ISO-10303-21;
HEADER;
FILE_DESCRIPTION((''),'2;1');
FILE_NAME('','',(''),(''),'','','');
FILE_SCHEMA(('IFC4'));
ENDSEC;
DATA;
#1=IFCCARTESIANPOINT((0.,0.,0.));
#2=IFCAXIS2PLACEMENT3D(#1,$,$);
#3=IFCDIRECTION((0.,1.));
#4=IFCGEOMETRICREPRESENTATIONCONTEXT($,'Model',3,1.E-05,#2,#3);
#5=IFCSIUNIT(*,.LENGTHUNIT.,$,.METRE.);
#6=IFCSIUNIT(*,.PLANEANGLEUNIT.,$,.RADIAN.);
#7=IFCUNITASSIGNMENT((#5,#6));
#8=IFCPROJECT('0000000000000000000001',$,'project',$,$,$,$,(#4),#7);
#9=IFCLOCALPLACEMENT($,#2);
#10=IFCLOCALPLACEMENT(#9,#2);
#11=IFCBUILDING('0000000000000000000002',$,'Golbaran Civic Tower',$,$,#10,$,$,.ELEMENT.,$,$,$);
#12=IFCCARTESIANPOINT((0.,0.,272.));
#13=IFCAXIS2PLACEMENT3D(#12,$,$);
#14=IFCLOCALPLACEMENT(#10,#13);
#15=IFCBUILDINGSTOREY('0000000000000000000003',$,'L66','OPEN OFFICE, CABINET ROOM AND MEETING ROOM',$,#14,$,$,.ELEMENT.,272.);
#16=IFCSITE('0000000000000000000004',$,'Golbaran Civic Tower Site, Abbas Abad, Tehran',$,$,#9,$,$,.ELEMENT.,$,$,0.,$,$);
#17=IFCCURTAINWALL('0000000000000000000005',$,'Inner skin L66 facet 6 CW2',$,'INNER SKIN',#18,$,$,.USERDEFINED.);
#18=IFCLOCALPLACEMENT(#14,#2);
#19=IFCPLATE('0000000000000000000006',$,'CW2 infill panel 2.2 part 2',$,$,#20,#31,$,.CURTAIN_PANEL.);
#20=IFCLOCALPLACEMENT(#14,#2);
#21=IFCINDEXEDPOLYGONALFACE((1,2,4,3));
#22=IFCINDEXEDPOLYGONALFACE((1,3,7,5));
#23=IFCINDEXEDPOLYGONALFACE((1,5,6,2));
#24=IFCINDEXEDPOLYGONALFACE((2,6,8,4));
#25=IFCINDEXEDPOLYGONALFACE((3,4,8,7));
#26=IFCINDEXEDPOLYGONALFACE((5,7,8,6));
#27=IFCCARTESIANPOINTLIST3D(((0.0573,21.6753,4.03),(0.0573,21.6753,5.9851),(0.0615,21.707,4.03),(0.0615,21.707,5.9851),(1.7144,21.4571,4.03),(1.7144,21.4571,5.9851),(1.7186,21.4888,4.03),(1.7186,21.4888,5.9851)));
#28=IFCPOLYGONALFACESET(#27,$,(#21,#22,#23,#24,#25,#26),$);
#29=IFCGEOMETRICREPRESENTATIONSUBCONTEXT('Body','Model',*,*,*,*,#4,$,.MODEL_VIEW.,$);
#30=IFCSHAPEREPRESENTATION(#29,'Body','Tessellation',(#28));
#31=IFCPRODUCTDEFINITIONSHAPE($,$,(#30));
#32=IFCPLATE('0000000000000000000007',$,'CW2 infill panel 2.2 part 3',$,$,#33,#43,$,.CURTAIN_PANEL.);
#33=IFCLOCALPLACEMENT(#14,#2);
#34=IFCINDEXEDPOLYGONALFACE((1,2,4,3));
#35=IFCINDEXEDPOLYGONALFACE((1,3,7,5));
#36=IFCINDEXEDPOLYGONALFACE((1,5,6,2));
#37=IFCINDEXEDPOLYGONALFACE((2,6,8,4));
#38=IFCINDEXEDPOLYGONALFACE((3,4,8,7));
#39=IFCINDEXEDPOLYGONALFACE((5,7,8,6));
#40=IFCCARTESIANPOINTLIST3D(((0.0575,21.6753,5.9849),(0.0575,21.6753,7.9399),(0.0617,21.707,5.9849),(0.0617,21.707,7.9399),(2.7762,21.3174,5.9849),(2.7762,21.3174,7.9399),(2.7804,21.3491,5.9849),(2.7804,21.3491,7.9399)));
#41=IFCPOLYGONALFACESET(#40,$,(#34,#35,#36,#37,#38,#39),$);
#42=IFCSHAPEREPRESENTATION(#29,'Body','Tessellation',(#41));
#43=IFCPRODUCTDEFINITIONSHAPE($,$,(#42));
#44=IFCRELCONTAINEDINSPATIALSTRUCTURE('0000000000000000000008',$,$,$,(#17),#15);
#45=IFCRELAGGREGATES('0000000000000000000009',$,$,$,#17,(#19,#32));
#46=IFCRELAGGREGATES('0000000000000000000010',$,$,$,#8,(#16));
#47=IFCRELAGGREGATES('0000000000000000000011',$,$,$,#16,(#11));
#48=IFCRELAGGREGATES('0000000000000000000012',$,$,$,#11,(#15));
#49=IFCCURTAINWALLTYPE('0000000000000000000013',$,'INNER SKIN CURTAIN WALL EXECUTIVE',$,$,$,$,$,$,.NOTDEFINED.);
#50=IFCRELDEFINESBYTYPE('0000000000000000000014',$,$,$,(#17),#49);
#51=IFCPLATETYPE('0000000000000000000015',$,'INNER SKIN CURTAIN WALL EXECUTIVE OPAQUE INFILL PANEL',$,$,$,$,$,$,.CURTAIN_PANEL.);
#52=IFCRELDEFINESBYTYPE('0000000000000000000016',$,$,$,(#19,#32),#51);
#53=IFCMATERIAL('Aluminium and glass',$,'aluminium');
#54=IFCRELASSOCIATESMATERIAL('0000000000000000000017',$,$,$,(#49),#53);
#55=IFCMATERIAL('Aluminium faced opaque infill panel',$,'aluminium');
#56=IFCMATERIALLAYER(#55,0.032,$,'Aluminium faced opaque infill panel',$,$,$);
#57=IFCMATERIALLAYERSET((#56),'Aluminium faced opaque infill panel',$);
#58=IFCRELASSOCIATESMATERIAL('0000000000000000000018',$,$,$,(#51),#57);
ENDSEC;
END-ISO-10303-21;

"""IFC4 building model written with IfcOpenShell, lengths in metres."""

from ifc_helpers import new_model, si_unit, direction, frame, origin, origin_2d, place, context, subcontext, project, spatial, rectangle, extrude, material, layer, layer_set, type_object, element, aggregate, save


model = new_model("IFC4")

# Units and contexts
model_context = context("Model", 3, precision=1e-05, world=origin(), true_north=direction((0.0, 1.0)))
body_context = subcontext(model_context, "Body", "Model", "MODEL_VIEW")
ifc_project = project(units=[si_unit("LENGTHUNIT", "METRE"), si_unit("PLANEANGLEUNIT", "RADIAN")], contexts=[model_context])

# Site, building, storey
site_placement = place(None, origin())
site = spatial("IfcSite", under=ifc_project, at=site_placement, Name="Golbaran Civic Tower Site, Abbas Abad, Tehran", CompositionType="ELEMENT", RefElevation=0.0)
building_placement = place(site_placement, origin())
building = spatial("IfcBuilding", under=site, at=building_placement, Name="Golbaran Civic Tower", CompositionType="ELEMENT")
storey_placement = place(building_placement, frame((0.0, 0.0, 272.0)))
storey = spatial("IfcBuildingStorey", under=building, at=storey_placement, Name="L66", Description="OPEN OFFICE, CABINET ROOM AND MEETING ROOM", CompositionType="ELEMENT", Elevation=272.0)

# Curtain wall
ifc_material_1 = material(Name="Aluminium and glass", Category="aluminium")
curtain_wall_type = type_object("IfcCurtainWallType", Name="INNER SKIN CURTAIN WALL EXECUTIVE", PredefinedType="NOTDEFINED", material=ifc_material_1)
curtain_wall_1_placement = place(storey_placement, origin())
curtain_wall_1 = element("IfcCurtainWall", 1, at=curtain_wall_1_placement, inside=storey, type_object=curtain_wall_type, Name="Inner skin L66 facet 6 CW2", ObjectType="INNER SKIN", PredefinedType="USERDEFINED")

# Plates
ifc_material_2 = material(Name="Aluminium faced opaque infill panel", Category="aluminium")
ifc_layer_1 = layer(ifc_material_2, 0.032, Name="Aluminium faced opaque infill panel")
ifc_layer_set_1 = layer_set([ifc_layer_1], Name="Aluminium faced opaque infill panel")
plate_type_1 = type_object("IfcPlateType", Name="INNER SKIN CURTAIN WALL EXECUTIVE OPAQUE INFILL PANEL", PredefinedType="CURTAIN_PANEL", material=ifc_layer_set_1)
plate_1_placement = place(storey_placement, frame((0.8879, 21.582, 4.03), z_axis=(0.0, 0.0, 1.0), x_axis=(-0.991445, 0.130526, 0.0)))
plate_1 = element("IfcPlate", 2, at=plate_1_placement, type_object=plate_type_1, Name="CW2 infill panel 2.2 part 2", PredefinedType="CURTAIN_PANEL", context=body_context, shape_type="SweptSolid", body=[
    extrude(rectangle(XDim=1.6714, YDim=0.032, at=origin_2d()), origin(), (0.0, 0.0, 1.0), 1.9551),
])
plate_2_placement = place(storey_placement, frame((1.4189, 21.5122, 5.9849), z_axis=(0.0, 0.0, 1.0), x_axis=(-0.991445, 0.130526, 0.0)))
plate_2 = element("IfcPlate", 3, at=plate_2_placement, type_object=plate_type_1, Name="CW2 infill panel 2.2 part 3", PredefinedType="CURTAIN_PANEL", context=body_context, shape_type="SweptSolid", body=[
    extrude(rectangle(XDim=2.7422, YDim=0.032, at=origin_2d()), origin(), (0.0, 0.0, 1.0), 1.9551),
])
aggregate(curtain_wall_1, [plate_1, plate_2])

save(model, "model.ifc")
